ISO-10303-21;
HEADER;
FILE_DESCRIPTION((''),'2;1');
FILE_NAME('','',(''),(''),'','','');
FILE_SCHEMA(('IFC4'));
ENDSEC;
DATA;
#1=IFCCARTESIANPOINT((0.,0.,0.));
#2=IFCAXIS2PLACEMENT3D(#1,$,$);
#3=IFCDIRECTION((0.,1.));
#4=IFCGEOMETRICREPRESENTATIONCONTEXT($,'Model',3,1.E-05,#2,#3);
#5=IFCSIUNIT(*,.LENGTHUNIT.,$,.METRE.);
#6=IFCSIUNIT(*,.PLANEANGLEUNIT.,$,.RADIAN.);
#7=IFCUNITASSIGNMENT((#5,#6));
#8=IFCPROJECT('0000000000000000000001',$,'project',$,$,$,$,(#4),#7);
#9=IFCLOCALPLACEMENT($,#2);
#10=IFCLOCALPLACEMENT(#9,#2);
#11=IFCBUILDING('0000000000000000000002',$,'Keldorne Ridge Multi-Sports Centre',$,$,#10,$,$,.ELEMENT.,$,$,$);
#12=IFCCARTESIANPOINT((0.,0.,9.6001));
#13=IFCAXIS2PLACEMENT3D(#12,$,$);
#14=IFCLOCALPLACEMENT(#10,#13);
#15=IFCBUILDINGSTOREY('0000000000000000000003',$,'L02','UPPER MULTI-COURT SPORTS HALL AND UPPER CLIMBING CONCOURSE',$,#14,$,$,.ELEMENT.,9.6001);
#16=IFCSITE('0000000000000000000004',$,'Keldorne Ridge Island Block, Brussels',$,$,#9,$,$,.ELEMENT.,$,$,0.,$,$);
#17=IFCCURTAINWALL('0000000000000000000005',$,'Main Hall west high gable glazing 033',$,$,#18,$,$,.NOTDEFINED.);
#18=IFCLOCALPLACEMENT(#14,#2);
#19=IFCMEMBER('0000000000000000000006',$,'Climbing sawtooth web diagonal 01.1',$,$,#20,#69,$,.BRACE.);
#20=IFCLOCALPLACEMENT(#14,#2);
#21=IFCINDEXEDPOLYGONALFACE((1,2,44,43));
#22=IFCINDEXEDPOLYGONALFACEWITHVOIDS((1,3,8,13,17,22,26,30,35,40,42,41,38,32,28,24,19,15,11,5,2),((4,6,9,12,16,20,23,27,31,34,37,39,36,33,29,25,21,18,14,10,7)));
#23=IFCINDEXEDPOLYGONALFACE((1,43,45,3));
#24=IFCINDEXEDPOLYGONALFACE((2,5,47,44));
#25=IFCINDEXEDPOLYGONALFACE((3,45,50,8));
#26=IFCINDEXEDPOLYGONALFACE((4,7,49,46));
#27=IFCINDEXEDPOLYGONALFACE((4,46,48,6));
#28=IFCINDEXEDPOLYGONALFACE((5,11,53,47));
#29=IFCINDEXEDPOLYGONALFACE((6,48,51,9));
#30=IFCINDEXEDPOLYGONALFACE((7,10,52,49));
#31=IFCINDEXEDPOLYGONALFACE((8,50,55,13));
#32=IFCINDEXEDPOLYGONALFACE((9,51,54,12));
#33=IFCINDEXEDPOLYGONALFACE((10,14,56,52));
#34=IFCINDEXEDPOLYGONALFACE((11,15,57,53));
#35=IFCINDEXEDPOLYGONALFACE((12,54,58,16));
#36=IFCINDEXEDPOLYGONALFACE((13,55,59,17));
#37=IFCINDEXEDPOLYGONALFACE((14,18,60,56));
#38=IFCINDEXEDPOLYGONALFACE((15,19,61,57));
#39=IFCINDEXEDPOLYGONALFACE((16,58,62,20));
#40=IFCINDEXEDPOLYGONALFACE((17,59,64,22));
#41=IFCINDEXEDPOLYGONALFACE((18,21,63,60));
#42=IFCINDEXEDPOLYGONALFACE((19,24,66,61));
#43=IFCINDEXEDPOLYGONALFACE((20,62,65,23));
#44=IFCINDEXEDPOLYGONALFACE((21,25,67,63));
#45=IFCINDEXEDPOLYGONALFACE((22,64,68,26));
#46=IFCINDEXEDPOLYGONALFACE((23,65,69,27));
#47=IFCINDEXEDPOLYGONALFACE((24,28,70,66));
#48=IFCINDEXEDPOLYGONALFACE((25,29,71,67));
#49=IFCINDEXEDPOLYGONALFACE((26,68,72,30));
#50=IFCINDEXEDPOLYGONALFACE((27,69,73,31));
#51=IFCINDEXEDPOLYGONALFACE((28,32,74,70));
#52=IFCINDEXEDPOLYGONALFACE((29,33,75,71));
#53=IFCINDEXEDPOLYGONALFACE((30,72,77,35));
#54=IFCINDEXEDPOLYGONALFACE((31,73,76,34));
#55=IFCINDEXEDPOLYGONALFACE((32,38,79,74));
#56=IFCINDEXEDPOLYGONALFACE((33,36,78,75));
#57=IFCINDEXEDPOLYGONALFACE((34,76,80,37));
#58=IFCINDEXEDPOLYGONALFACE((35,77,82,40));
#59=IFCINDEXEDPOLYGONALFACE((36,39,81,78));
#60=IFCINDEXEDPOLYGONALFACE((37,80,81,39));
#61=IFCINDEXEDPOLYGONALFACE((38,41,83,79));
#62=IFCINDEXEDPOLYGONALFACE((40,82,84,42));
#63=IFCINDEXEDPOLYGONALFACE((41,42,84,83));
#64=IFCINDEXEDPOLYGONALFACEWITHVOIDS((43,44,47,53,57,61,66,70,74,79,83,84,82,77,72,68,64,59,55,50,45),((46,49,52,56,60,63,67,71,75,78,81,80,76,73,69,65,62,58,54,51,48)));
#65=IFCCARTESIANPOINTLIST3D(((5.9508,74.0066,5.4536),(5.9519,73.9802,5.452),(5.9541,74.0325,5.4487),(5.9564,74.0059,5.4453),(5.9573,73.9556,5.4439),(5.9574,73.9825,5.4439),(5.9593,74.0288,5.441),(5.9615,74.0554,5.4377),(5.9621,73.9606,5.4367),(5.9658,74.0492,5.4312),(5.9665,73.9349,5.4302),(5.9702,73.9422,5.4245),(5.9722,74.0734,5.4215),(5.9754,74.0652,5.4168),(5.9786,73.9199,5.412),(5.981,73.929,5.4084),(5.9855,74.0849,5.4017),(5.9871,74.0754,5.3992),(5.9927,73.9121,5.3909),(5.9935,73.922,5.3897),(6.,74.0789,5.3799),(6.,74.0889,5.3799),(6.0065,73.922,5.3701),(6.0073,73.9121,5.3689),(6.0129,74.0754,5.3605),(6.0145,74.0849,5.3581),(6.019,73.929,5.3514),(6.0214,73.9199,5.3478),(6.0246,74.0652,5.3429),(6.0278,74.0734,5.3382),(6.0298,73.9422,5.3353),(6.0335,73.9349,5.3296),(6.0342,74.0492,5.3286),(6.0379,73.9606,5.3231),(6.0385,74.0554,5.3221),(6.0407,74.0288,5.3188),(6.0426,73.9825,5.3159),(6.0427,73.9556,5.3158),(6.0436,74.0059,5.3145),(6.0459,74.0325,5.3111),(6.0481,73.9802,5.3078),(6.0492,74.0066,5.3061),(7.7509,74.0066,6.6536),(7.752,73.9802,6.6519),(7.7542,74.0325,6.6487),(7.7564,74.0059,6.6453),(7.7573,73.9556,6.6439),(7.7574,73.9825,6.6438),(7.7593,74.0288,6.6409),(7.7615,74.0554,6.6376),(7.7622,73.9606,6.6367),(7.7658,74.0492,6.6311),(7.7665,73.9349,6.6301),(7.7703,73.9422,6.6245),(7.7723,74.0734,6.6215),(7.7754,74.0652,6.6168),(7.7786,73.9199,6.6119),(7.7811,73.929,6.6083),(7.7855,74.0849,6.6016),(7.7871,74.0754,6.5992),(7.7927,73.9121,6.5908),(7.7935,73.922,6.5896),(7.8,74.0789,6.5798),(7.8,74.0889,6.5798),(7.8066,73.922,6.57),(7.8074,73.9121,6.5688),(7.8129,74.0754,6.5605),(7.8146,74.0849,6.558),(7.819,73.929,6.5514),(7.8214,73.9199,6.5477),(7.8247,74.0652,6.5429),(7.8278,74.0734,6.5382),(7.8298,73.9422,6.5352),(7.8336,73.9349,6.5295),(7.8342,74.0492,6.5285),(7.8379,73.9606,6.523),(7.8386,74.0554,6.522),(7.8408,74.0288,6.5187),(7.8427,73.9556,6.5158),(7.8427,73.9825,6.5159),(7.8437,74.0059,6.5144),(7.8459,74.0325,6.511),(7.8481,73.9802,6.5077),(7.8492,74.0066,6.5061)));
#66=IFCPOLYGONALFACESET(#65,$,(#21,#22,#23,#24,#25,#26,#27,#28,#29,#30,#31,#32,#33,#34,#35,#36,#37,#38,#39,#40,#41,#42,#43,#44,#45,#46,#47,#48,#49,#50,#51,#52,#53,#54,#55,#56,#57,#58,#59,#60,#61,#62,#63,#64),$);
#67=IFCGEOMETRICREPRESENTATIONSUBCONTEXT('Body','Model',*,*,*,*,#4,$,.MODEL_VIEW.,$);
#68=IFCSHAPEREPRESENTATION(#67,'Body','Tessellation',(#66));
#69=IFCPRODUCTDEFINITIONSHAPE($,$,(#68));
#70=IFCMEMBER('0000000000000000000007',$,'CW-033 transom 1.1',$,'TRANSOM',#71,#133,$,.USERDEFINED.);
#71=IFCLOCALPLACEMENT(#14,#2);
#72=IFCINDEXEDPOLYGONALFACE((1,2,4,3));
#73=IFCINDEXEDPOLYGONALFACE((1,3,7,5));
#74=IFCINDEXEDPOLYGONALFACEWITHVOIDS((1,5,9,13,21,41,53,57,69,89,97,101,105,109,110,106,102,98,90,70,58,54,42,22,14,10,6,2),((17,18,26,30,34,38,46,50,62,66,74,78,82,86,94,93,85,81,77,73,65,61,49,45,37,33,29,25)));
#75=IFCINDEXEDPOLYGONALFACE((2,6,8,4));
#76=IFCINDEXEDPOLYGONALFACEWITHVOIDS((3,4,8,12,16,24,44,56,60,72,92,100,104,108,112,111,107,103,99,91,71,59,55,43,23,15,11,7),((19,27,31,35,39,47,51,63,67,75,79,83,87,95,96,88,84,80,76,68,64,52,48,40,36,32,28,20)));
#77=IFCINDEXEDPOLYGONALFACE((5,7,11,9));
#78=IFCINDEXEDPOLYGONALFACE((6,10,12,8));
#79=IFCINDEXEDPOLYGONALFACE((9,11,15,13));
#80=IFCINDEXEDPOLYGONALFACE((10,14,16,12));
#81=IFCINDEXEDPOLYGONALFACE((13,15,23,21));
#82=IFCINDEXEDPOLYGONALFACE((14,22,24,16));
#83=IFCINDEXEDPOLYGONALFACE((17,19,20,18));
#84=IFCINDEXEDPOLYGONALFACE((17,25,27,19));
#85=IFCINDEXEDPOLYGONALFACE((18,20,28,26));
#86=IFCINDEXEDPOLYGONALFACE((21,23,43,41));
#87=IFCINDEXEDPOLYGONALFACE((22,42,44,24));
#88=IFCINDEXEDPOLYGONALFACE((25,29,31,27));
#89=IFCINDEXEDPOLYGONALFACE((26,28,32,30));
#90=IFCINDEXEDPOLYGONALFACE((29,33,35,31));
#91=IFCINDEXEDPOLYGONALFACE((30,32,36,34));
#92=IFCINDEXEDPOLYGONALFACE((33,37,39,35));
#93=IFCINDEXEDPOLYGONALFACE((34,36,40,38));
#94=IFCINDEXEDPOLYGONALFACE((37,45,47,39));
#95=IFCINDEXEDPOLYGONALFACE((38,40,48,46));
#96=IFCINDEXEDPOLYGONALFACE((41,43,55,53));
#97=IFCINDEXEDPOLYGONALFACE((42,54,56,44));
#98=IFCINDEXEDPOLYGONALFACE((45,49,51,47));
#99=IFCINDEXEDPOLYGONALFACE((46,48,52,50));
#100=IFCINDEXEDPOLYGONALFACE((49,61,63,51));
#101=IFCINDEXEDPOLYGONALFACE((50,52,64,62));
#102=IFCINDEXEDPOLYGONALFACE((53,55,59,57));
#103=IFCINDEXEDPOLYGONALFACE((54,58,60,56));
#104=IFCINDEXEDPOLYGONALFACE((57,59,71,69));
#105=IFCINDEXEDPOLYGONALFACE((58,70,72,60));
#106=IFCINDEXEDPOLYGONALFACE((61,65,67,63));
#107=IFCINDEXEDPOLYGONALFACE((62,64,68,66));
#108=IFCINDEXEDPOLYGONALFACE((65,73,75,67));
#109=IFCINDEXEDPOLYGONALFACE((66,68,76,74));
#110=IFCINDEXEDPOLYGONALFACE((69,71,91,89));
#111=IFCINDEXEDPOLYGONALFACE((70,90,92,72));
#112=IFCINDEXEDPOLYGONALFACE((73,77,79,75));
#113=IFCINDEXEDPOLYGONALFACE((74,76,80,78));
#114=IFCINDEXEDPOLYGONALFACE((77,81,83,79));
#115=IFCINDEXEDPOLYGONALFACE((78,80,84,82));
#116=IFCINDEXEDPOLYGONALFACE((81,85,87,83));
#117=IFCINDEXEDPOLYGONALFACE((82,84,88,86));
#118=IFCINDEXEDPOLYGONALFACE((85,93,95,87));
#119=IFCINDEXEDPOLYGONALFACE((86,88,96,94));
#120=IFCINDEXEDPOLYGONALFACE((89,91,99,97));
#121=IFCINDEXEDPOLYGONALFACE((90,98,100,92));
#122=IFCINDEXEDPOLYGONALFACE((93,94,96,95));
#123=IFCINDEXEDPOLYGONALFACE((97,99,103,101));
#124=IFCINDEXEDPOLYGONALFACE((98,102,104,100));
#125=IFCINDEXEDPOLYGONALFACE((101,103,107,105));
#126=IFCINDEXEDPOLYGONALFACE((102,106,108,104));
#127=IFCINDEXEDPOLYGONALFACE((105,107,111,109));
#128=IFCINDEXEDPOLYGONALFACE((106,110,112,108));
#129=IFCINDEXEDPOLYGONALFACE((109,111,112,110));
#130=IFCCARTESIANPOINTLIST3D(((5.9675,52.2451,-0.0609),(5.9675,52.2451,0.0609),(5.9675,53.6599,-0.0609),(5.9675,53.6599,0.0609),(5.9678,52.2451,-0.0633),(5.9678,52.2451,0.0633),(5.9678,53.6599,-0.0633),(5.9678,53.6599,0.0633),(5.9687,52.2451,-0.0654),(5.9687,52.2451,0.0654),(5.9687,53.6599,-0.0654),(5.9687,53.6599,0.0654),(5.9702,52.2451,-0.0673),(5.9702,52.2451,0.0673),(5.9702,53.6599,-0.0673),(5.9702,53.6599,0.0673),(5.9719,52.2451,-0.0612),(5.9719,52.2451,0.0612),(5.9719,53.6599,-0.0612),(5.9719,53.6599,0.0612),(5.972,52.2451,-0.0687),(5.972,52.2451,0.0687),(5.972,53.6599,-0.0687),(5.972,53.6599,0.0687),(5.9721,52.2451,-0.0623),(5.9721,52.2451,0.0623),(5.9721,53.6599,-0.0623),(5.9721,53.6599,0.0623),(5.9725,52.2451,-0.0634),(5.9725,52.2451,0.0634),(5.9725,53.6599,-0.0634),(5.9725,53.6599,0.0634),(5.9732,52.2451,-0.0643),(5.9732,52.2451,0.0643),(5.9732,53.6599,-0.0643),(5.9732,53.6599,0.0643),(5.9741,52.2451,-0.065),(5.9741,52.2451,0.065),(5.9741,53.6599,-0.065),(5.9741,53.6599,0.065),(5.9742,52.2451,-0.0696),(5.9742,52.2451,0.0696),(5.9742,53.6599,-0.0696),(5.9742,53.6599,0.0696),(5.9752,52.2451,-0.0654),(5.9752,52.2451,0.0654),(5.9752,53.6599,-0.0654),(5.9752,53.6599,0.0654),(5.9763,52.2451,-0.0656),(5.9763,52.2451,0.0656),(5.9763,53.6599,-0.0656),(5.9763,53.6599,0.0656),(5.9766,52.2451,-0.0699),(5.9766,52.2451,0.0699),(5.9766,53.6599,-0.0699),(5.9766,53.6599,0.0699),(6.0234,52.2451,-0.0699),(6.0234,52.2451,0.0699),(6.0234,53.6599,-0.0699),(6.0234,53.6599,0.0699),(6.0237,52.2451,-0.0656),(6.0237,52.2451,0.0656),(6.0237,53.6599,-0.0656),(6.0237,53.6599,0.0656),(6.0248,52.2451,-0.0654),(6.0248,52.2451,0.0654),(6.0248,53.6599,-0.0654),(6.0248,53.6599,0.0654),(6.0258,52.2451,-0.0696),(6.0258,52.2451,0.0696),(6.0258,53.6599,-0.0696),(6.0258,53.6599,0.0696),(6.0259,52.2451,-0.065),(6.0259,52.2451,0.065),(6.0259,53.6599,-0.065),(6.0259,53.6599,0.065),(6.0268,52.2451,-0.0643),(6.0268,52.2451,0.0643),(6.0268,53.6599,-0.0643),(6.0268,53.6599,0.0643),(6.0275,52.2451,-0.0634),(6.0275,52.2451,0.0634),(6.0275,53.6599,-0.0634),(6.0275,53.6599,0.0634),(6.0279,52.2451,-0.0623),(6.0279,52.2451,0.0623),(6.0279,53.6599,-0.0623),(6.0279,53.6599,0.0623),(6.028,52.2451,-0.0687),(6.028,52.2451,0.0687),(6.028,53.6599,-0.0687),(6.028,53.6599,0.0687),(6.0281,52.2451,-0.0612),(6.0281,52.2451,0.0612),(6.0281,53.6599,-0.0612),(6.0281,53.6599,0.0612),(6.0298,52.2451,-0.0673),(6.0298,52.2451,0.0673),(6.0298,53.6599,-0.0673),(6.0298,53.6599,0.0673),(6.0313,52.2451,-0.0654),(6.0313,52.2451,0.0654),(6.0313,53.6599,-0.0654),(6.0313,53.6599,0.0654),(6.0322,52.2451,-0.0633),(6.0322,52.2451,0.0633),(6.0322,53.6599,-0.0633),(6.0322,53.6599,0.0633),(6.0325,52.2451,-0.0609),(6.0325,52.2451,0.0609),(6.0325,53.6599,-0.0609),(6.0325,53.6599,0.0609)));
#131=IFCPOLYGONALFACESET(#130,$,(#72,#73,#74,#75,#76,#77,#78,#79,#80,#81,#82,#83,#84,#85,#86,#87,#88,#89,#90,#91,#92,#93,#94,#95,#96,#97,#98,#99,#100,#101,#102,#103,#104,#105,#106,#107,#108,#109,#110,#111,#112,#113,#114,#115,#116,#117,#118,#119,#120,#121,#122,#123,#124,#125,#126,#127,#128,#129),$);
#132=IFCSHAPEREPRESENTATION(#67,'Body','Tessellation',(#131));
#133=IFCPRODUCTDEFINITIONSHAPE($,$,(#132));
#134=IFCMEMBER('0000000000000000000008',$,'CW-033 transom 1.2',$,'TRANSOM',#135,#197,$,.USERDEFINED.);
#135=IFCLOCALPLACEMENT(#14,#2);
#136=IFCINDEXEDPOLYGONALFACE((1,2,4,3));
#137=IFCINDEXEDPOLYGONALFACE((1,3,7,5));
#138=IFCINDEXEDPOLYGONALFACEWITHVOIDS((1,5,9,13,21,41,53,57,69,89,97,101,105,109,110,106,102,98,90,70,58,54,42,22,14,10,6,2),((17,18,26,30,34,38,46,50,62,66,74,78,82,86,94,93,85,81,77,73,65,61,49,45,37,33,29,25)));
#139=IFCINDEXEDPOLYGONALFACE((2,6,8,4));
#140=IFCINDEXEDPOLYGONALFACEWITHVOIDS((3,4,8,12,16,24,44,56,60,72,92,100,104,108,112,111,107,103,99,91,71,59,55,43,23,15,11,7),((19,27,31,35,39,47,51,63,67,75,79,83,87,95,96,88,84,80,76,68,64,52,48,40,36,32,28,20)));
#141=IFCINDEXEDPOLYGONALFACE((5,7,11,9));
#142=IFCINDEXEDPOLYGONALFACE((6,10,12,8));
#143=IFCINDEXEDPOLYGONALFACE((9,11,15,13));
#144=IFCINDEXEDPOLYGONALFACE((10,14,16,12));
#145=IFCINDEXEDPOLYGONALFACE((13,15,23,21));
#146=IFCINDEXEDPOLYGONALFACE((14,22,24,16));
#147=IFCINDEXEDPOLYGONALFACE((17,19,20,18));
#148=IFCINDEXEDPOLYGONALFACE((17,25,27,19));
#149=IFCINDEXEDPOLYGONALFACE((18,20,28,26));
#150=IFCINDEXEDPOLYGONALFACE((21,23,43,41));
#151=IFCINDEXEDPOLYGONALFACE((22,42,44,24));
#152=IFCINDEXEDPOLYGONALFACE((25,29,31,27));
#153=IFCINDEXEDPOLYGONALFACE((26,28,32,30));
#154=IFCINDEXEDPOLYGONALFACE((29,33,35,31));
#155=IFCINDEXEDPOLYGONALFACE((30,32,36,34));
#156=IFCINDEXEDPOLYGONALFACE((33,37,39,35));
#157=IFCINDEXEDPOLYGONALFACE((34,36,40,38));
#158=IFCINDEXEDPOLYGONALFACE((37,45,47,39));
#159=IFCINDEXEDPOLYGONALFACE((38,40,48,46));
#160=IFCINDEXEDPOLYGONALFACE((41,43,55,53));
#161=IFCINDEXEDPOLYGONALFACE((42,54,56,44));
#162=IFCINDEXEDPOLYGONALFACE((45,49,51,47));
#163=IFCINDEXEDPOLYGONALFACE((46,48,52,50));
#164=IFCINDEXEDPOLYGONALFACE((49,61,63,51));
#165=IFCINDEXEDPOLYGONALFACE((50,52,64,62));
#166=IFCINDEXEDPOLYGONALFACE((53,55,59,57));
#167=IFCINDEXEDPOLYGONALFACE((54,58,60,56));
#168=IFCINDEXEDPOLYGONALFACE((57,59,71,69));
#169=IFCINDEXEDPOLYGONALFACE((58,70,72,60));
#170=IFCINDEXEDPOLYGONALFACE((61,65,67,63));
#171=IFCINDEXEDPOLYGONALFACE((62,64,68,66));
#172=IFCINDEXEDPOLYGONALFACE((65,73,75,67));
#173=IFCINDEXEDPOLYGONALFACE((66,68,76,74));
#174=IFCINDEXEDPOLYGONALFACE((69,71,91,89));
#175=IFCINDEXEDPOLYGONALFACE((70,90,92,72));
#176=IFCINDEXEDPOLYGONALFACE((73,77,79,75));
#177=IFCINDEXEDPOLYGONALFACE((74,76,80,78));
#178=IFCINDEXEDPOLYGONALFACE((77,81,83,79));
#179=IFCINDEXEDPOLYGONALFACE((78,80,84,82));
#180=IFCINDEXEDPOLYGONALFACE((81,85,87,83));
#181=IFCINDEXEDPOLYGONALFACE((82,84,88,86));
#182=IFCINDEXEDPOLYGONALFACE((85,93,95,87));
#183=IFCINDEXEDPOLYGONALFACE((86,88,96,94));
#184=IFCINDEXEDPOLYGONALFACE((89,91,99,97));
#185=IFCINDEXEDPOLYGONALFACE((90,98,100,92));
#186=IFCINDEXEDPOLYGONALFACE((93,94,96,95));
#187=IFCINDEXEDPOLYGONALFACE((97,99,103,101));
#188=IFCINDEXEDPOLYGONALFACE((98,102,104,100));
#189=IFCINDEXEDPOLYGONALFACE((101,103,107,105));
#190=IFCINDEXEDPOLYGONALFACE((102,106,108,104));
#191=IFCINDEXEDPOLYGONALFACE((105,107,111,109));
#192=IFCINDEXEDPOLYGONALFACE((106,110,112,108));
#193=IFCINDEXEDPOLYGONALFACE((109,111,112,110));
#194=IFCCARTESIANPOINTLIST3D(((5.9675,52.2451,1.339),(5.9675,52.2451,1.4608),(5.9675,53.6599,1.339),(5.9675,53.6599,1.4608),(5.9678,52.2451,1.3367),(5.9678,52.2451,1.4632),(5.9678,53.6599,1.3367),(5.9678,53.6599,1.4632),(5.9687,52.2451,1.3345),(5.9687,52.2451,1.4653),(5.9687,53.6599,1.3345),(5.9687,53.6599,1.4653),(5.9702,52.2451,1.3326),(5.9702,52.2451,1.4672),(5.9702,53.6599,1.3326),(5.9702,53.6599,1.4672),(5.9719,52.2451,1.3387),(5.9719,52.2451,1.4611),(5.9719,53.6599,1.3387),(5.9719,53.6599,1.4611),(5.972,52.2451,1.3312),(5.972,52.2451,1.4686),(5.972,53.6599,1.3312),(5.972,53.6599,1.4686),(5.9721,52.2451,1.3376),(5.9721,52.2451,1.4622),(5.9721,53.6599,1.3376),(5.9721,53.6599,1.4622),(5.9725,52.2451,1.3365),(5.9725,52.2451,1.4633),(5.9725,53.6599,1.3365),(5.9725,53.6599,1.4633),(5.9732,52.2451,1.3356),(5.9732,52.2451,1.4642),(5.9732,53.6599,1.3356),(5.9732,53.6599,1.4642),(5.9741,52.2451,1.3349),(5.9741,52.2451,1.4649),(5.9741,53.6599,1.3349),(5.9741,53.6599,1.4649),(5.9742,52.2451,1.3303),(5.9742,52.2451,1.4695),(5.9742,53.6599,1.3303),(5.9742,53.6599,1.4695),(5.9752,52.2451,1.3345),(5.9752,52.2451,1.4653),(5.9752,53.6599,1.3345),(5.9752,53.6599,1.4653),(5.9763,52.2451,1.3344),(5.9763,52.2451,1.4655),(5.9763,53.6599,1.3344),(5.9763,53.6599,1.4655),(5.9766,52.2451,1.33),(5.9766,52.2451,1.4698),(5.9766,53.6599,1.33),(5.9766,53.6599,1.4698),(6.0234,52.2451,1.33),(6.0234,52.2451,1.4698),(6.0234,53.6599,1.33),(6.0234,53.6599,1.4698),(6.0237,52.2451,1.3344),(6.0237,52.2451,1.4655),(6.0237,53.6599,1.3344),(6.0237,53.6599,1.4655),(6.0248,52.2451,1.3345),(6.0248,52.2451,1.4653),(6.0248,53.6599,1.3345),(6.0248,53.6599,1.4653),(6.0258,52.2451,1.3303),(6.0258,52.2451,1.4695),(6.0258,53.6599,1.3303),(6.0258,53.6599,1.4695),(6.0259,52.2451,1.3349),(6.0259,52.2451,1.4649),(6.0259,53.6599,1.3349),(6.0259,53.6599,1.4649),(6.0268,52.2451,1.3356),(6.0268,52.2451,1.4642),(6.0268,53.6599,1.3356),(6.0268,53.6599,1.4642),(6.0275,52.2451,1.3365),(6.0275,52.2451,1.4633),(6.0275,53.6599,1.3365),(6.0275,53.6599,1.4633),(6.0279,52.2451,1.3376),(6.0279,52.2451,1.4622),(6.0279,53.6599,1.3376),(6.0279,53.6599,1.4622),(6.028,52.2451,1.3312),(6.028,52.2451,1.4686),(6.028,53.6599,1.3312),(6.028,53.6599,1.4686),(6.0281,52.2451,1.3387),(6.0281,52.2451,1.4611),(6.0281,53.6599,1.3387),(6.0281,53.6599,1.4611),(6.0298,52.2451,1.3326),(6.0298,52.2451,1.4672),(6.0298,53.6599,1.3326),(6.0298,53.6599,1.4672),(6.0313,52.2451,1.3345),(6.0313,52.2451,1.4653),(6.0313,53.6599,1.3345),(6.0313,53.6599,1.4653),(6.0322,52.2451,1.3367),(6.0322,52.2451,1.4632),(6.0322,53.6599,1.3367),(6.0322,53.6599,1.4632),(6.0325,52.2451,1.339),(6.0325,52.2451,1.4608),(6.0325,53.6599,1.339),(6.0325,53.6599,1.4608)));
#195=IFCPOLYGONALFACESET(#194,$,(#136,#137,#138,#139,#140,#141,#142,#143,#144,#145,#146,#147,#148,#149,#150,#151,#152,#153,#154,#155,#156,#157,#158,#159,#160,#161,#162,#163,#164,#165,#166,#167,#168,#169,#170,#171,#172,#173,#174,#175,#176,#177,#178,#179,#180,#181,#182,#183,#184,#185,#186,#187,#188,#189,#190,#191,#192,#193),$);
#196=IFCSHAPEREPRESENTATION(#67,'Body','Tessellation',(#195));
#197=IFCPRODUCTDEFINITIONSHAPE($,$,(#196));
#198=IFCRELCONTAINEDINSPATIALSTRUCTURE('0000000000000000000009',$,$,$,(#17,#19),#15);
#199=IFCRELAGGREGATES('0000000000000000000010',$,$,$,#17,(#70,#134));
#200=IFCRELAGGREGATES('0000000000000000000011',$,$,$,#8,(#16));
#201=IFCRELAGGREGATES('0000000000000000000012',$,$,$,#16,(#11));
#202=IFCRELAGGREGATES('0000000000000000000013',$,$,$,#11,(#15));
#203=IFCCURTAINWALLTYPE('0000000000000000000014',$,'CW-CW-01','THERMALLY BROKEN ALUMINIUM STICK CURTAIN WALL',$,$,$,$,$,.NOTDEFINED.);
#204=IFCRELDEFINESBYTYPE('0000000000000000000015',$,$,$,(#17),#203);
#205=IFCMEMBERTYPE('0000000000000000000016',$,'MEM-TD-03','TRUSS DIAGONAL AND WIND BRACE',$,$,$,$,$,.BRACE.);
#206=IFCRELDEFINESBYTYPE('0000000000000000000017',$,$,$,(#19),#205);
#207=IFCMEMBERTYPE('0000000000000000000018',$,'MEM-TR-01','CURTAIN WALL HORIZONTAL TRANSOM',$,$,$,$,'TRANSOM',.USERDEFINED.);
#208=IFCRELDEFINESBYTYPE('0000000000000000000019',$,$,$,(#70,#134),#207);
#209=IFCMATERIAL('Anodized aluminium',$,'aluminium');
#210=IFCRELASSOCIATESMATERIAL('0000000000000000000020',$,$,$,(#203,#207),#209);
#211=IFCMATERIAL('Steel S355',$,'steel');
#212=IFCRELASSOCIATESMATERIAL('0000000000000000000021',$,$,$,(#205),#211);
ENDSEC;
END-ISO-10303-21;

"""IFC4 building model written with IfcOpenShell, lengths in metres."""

from ifc_helpers import new_model, si_unit, direction, frame, origin, origin_2d, place, context, subcontext, project, spatial, hollow_rectangle, hollow_circle, extrude, material, material_profile, profile_set, type_object, element, aggregate, save


model = new_model("IFC4")

# Units and contexts
model_context = context("Model", 3, precision=1e-05, world=origin(), true_north=direction((0.0, 1.0)))
body_context = subcontext(model_context, "Body", "Model", "MODEL_VIEW")
ifc_project = project(units=[si_unit("LENGTHUNIT", "METRE"), si_unit("PLANEANGLEUNIT", "RADIAN")], contexts=[model_context])

# Site, building, storey
site_placement = place(None, origin())
site = spatial("IfcSite", under=ifc_project, at=site_placement, Name="Keldorne Ridge Island Block, Brussels", CompositionType="ELEMENT", RefElevation=0.0)
building_placement = place(site_placement, origin())
building = spatial("IfcBuilding", under=site, at=building_placement, Name="Keldorne Ridge Multi-Sports Centre", CompositionType="ELEMENT")
storey_placement = place(building_placement, frame((0.0, 0.0, 9.6001)))
storey = spatial("IfcBuildingStorey", under=building, at=storey_placement, Name="L02", Description="UPPER MULTI-COURT SPORTS HALL AND UPPER CLIMBING CONCOURSE", CompositionType="ELEMENT", Elevation=9.6001)

# Shared definitions
ifc_material_1 = material(Name="Steel S355", Category="steel")

# Curtain wall
ifc_material_2 = material(Name="Anodized aluminium", Category="aluminium")
curtain_wall_type_1 = type_object("IfcCurtainWallType", Name="CW-CW-01", Description="THERMALLY BROKEN ALUMINIUM STICK CURTAIN WALL", PredefinedType="NOTDEFINED", material=ifc_material_2)
curtain_wall_1_placement = place(storey_placement, origin())
curtain_wall_1 = element("IfcCurtainWall", 1, at=curtain_wall_1_placement, inside=storey, type_object=curtain_wall_type_1, Name="Main Hall west high gable glazing 033", PredefinedType="NOTDEFINED")

# Member
ifc_material_profile_1 = material_profile(ifc_material_1, hollow_circle(Radius=0.0889, WallThickness=0.01, at=origin_2d()), Name="CHS 177.8x10")
ifc_profile_set_1 = profile_set([ifc_material_profile_1], Name="Steel S355")
member_type_1 = type_object("IfcMemberType", Name="MEM-TD-03", Description="TRUSS DIAGONAL AND WIND BRACE", PredefinedType="BRACE", material=ifc_profile_set_1)
member_1_placement = place(storey_placement, frame((6.0, 74.0, 5.3799), z_axis=(0.832068, 0.0, 0.554674), x_axis=(0.0, 1.0, 0.0)))
element("IfcMember", 2, at=member_1_placement, inside=storey, type_object=member_type_1, Name="Climbing sawtooth web diagonal 01.1", PredefinedType="BRACE", context=body_context, shape_type="SweptSolid", body=[
    extrude(hollow_circle(Radius=0.0889, WallThickness=0.01, at=origin_2d()), origin(), (0.0, 0.0, 1.0), 2.1633),
])

# Members
ifc_material_profile_2 = material_profile(ifc_material_2, hollow_rectangle(XDim=0.0649, YDim=0.1399, WallThickness=0.0044, InnerFilletRadius=0.0044, OuterFilletRadius=0.009, at=origin_2d()), Name="ALU TRANSOM 140x65x4.5")
ifc_profile_set_2 = profile_set([ifc_material_profile_2], Name="Anodized aluminium")
member_type_2 = type_object("IfcMemberType", Name="MEM-TR-01", Description="CURTAIN WALL HORIZONTAL TRANSOM", ElementType="TRANSOM", PredefinedType="USERDEFINED", material=ifc_profile_set_2)
member_2_placement = place(storey_placement, frame((6.0, 53.6599, 0.0), z_axis=(0.0, -1.0, 0.0), x_axis=(1.0, 0.0, 0.0)))
member_2 = element("IfcMember", 3, at=member_2_placement, type_object=member_type_2, Name="CW-033 transom 1.1", ObjectType="TRANSOM", PredefinedType="USERDEFINED", context=body_context, shape_type="SweptSolid", body=[
    extrude(hollow_rectangle(XDim=0.0649, YDim=0.1399, WallThickness=0.0044, InnerFilletRadius=0.0044, OuterFilletRadius=0.009, at=origin_2d()), origin(), (0.0, 0.0, 1.0), 1.4148),
])
member_3_placement = place(storey_placement, frame((6.0, 53.6599, 1.3999), z_axis=(0.0, -1.0, 0.0), x_axis=(1.0, 0.0, 0.0)))
member_3 = element("IfcMember", 4, at=member_3_placement, type_object=member_type_2, Name="CW-033 transom 1.2", ObjectType="TRANSOM", PredefinedType="USERDEFINED", context=body_context, shape_type="SweptSolid", body=[
    extrude(hollow_rectangle(XDim=0.0649, YDim=0.1399, WallThickness=0.0044, InnerFilletRadius=0.0044, OuterFilletRadius=0.009, at=origin_2d()), origin(), (0.0, 0.0, 1.0), 1.4148),
])

aggregate(curtain_wall_1, [member_2, member_3])

save(model, "model.ifc")
